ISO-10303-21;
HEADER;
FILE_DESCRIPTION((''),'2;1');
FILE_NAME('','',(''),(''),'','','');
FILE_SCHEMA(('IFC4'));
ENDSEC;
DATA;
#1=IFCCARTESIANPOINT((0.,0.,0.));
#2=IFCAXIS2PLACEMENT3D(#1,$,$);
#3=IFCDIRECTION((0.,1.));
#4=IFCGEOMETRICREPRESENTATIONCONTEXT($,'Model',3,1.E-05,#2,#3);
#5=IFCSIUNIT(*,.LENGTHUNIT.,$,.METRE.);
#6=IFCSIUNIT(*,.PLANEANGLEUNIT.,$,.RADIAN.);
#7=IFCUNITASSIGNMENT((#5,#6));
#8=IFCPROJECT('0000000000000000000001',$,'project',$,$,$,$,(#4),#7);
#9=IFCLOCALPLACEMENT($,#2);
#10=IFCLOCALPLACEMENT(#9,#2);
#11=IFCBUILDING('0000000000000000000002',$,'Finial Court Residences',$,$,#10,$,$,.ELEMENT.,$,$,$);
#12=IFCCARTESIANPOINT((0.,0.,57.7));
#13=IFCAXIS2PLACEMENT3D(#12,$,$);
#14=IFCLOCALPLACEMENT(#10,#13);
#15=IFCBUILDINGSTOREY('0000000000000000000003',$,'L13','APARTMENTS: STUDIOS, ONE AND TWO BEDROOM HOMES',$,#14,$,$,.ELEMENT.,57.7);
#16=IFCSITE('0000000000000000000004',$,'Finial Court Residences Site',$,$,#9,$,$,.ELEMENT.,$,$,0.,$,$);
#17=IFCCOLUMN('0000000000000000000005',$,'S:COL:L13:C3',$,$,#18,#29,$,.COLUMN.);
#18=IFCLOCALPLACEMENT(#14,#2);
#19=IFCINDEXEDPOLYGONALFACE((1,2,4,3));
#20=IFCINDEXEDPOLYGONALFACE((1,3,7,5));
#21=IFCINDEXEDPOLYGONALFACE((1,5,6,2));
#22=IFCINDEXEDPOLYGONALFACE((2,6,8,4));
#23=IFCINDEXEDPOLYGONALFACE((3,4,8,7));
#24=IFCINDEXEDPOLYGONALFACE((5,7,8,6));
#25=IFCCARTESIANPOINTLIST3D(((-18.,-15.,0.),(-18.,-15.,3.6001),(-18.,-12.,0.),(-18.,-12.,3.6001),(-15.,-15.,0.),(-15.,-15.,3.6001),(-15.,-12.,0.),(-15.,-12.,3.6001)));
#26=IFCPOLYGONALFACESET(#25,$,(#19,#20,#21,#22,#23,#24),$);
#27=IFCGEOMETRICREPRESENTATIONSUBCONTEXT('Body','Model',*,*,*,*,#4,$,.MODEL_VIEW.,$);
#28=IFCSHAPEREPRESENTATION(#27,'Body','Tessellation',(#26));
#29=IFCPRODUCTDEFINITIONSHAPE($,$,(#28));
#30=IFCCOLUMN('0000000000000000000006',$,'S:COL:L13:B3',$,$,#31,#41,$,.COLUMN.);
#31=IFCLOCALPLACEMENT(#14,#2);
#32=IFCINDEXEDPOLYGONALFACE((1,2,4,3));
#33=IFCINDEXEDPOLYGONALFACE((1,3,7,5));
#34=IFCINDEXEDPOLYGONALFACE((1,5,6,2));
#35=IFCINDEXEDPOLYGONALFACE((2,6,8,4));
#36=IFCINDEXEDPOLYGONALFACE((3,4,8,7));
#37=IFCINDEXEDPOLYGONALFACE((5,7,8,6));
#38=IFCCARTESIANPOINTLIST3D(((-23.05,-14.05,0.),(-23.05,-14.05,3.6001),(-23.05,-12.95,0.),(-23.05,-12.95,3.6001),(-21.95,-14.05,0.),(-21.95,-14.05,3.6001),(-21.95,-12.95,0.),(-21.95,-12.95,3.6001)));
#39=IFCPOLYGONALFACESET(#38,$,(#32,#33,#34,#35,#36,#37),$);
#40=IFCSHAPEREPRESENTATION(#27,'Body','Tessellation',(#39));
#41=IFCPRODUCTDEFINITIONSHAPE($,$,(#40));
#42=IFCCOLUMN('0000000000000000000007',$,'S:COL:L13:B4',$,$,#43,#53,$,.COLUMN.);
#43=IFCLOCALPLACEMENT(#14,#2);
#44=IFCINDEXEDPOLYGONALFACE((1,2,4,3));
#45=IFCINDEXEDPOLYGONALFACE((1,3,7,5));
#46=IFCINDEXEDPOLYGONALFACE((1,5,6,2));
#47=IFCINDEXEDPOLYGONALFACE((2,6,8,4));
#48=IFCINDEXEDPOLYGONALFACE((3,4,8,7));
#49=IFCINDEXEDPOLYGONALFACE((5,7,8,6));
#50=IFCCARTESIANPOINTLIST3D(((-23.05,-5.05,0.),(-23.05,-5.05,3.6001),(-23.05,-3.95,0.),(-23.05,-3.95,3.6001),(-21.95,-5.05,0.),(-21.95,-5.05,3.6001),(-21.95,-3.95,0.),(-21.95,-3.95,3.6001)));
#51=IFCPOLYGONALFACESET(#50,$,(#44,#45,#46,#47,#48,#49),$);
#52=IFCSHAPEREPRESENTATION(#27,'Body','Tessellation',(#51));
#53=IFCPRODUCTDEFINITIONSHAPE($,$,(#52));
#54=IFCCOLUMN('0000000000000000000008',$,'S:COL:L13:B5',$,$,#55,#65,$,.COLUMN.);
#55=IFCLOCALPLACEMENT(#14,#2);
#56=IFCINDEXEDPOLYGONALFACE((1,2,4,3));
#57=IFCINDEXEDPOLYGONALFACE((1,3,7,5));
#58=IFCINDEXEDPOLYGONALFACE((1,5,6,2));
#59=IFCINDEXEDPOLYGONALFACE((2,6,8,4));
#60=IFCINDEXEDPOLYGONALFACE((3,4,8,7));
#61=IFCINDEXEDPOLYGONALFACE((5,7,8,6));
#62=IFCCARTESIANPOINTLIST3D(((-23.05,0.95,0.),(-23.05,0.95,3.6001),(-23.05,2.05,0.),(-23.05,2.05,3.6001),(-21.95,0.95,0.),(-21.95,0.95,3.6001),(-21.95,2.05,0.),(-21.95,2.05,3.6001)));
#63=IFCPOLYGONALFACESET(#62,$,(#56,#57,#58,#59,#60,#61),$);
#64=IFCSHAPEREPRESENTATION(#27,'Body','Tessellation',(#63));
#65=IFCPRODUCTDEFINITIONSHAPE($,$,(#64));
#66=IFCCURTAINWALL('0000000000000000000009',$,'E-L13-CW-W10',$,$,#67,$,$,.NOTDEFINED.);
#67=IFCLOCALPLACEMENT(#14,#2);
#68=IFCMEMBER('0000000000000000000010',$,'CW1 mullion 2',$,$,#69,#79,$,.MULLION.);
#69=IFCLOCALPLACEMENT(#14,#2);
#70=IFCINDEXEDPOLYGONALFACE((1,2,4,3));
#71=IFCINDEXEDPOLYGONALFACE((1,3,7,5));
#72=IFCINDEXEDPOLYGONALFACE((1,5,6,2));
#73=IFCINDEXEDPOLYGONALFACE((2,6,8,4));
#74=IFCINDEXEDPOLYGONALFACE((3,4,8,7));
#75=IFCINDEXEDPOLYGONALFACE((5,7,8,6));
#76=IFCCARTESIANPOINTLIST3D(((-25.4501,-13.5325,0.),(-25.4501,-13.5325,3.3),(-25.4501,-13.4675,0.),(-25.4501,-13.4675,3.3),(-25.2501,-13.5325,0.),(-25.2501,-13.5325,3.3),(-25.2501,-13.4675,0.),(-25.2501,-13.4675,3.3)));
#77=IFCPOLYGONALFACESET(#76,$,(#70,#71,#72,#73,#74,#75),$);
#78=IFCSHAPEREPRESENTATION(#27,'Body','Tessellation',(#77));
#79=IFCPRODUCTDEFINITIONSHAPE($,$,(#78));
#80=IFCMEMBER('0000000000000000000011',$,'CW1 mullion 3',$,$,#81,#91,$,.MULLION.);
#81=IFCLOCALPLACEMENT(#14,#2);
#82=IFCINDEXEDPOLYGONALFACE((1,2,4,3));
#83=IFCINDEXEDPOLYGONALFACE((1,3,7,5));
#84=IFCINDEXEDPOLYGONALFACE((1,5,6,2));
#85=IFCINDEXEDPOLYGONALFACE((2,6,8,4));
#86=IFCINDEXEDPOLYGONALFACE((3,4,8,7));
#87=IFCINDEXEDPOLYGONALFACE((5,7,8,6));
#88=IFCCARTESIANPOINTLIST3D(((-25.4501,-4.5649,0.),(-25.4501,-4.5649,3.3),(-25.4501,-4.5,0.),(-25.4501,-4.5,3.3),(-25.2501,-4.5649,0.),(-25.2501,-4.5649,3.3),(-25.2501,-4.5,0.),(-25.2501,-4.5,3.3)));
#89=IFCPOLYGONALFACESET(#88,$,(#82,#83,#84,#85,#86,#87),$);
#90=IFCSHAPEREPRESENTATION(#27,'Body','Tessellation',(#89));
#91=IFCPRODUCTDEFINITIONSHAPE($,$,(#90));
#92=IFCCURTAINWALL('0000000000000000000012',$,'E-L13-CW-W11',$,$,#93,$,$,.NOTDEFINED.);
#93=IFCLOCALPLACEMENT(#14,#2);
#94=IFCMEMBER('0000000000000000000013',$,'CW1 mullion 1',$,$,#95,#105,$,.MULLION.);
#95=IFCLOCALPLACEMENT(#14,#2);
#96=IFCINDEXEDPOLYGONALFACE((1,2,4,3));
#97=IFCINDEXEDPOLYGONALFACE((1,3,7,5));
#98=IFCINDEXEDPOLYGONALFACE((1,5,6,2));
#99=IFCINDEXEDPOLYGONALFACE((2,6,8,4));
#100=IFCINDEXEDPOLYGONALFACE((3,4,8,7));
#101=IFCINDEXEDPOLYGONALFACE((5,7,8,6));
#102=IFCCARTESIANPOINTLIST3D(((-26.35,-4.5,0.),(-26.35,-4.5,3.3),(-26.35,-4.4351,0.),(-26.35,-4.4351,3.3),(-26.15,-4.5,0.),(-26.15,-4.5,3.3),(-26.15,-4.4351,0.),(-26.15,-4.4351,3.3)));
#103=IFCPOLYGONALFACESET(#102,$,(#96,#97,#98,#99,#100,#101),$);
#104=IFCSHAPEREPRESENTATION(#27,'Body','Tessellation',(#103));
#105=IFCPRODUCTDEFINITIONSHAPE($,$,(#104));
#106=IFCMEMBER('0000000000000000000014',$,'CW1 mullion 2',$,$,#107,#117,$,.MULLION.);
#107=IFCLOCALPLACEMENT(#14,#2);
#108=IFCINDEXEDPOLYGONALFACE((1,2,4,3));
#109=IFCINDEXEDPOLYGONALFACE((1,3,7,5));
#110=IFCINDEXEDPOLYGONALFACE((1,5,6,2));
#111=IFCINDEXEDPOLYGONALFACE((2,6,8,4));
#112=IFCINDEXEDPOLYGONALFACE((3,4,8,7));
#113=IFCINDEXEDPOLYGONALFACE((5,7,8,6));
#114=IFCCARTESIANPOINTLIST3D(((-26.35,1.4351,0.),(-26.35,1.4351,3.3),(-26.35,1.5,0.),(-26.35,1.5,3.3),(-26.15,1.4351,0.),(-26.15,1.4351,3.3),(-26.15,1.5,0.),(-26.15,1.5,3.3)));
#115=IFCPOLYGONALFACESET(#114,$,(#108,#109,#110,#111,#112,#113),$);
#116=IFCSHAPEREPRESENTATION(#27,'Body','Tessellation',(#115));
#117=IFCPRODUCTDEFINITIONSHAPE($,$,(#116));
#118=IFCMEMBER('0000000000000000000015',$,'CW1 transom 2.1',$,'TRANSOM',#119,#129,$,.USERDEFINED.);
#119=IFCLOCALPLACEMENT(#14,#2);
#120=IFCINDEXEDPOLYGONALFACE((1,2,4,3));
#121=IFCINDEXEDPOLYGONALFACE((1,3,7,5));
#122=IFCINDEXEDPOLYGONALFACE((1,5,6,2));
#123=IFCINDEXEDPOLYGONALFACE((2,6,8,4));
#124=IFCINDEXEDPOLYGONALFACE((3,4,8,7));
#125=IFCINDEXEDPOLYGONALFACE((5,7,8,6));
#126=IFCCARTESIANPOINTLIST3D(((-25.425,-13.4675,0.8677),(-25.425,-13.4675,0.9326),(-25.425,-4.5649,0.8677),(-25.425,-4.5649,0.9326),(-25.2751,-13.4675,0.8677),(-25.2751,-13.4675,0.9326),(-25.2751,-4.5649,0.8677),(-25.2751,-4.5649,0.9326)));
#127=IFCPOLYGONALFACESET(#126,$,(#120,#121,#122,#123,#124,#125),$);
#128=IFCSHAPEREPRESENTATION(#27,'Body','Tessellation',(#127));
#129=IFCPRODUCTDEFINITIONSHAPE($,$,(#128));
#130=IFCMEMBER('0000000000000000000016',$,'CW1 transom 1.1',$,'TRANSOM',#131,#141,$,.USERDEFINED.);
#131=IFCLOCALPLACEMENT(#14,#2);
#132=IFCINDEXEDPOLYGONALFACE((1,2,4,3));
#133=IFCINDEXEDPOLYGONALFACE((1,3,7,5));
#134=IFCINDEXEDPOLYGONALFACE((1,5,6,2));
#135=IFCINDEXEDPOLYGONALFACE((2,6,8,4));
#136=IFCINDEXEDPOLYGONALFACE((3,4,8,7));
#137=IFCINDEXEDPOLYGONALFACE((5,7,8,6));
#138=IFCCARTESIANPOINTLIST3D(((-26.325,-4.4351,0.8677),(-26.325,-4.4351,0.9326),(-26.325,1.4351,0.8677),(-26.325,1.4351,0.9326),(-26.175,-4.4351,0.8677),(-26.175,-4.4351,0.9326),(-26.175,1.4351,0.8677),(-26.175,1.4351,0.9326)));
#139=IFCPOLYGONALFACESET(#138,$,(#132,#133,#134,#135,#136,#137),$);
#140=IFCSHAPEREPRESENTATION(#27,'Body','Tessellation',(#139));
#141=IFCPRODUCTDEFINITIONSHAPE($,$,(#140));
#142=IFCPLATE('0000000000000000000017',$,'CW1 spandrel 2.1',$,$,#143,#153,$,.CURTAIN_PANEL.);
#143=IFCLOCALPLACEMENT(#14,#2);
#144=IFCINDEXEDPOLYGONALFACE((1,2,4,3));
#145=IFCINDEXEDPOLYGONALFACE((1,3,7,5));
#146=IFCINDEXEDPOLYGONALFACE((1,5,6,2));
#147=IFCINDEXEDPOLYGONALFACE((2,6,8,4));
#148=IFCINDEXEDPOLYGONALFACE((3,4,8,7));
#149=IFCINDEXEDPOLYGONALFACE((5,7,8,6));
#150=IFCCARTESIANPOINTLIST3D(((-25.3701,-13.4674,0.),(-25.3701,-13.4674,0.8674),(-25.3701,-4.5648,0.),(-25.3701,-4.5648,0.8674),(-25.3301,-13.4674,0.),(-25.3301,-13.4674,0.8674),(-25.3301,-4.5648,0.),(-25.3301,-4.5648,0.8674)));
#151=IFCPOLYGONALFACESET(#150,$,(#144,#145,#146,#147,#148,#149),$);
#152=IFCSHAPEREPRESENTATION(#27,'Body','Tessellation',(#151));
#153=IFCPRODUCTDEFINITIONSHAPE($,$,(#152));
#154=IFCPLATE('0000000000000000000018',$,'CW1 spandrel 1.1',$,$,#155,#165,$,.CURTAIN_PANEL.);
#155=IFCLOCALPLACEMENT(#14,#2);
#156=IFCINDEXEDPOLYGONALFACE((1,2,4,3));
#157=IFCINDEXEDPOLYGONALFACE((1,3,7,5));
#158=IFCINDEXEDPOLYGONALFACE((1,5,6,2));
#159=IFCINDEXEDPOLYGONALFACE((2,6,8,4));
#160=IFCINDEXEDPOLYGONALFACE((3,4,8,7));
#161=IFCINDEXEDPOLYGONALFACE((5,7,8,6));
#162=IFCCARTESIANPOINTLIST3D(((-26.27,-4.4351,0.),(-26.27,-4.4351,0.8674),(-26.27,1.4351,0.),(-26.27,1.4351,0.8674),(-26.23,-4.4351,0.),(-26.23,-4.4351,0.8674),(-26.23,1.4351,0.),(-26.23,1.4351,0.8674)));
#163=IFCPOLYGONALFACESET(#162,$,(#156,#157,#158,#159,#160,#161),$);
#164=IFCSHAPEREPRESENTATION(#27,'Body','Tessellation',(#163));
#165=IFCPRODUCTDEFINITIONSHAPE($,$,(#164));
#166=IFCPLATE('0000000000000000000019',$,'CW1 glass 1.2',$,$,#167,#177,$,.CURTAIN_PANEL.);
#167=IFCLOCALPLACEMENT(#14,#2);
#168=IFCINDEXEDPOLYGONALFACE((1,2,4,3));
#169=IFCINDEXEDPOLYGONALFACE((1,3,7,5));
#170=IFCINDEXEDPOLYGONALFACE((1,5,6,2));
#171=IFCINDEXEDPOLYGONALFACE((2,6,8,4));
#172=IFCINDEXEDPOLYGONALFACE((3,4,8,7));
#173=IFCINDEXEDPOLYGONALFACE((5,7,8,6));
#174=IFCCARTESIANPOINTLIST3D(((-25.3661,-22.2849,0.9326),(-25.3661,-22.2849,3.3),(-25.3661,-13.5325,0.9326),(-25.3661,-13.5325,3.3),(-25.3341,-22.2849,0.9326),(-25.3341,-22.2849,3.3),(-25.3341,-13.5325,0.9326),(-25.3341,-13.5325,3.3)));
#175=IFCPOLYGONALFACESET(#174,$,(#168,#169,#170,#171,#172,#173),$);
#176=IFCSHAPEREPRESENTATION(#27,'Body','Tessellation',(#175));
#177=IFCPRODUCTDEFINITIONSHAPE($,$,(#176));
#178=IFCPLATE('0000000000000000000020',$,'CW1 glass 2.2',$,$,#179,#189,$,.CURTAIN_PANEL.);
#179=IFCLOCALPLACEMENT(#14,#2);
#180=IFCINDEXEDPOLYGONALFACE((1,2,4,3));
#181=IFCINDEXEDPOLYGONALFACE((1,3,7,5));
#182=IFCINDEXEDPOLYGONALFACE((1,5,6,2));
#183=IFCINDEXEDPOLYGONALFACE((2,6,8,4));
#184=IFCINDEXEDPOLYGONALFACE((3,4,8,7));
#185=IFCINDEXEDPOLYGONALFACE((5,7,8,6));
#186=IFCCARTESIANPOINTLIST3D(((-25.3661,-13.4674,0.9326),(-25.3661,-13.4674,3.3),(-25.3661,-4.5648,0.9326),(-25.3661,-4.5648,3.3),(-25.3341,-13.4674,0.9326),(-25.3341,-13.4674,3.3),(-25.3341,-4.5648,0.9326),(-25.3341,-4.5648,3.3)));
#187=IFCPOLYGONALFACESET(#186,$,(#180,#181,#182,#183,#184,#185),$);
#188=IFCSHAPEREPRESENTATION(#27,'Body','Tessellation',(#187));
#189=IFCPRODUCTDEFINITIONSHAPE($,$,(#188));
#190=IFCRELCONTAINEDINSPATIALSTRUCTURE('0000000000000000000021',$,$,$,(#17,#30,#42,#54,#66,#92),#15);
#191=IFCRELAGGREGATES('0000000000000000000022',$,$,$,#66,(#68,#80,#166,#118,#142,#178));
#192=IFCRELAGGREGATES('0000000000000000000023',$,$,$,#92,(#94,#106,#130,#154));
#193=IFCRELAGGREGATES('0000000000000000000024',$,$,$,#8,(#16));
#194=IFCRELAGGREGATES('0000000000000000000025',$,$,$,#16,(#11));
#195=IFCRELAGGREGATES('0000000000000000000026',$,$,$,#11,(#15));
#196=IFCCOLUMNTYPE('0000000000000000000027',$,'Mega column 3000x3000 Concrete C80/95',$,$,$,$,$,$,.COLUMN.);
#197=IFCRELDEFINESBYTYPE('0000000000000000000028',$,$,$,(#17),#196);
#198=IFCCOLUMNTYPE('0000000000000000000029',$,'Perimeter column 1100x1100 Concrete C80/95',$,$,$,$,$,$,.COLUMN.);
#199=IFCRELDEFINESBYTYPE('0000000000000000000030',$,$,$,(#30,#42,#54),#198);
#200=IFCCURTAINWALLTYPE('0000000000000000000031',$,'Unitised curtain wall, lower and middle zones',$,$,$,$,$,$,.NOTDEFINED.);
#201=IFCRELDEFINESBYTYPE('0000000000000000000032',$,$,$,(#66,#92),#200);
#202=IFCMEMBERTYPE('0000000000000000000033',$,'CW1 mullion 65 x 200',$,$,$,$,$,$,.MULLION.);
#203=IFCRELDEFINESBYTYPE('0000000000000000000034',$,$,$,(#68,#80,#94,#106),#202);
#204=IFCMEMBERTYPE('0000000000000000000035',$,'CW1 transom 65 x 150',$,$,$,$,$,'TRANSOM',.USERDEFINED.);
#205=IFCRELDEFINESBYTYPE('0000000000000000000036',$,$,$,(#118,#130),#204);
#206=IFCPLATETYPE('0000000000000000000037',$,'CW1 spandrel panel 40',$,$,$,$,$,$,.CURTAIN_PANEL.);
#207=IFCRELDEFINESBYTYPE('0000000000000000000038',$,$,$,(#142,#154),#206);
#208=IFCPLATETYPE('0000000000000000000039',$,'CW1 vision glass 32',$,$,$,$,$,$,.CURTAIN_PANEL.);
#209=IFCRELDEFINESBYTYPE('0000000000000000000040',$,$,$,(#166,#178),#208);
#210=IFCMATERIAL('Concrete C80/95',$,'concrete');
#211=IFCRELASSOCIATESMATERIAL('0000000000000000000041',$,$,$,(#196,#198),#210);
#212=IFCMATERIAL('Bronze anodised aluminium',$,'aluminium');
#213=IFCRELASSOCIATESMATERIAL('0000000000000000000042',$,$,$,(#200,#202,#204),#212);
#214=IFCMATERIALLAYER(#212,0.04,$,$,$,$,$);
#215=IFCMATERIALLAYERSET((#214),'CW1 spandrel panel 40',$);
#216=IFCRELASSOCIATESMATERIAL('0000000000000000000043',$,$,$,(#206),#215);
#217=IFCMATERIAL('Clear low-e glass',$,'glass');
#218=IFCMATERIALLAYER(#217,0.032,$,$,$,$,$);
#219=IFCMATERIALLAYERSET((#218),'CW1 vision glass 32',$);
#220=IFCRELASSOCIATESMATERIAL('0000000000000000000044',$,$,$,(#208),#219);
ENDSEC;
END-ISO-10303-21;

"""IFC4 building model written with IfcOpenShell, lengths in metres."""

from ifc_helpers import new_model, si_unit, direction, frame, origin, origin_2d, place, context, subcontext, project, spatial, rectangle, extrude, material, layer, layer_set, material_profile, profile_set, type_object, element, aggregate, save


model = new_model("IFC4")

# Units and contexts
model_context = context("Model", 3, precision=1e-05, world=origin(), true_north=direction((0.0, 1.0)))
body_context = subcontext(model_context, "Body", "Model", "MODEL_VIEW")
ifc_project = project(units=[si_unit("LENGTHUNIT", "METRE"), si_unit("PLANEANGLEUNIT", "RADIAN")], contexts=[model_context])

# Site, building, storey
site_placement = place(None, origin())
site = spatial("IfcSite", under=ifc_project, at=site_placement, Name="Finial Court Residences Site", CompositionType="ELEMENT", RefElevation=0.0)
building_placement = place(site_placement, origin())
building = spatial("IfcBuilding", under=site, at=building_placement, Name="Finial Court Residences", CompositionType="ELEMENT")
storey_placement = place(building_placement, frame((0.0, 0.0, 57.7)))
storey = spatial("IfcBuildingStorey", under=building, at=storey_placement, Name="L13", Description="APARTMENTS: STUDIOS, ONE AND TWO BEDROOM HOMES", CompositionType="ELEMENT", Elevation=57.7)

# Columns
ifc_material_1 = material(Name="Concrete C80/95", Category="concrete")
ifc_material_profile_1 = material_profile(ifc_material_1, rectangle(XDim=3.0, YDim=3.0, at=origin_2d()), Name="3000x3000")
ifc_profile_set_1 = profile_set([ifc_material_profile_1], Name="Concrete C80/95")
column_type_1 = type_object("IfcColumnType", Name="Mega column 3000x3000 Concrete C80/95", PredefinedType="COLUMN", material=ifc_profile_set_1)
column_placement = place(storey_placement, frame((-16.5, -13.5, 0.0), z_axis=(0.0, 0.0, 1.0), x_axis=(1.0, 0.0, 0.0)))
element("IfcColumn", 1, at=column_placement, inside=storey, type_object=column_type_1, Name="S:COL:L13:C3", PredefinedType="COLUMN", context=body_context, shape_type="SweptSolid", body=[
    extrude(rectangle(XDim=3.0, YDim=3.0, at=origin_2d()), origin(), (0.0, 0.0, 1.0), 3.6001),
])
ifc_material_profile_2 = material_profile(ifc_material_1, rectangle(XDim=1.1001, YDim=1.1001, at=origin_2d()), Name="1100x1100")
ifc_profile_set_2 = profile_set([ifc_material_profile_2], Name="Concrete C80/95")
column_type_2 = type_object("IfcColumnType", Name="Perimeter column 1100x1100 Concrete C80/95", PredefinedType="COLUMN", material=ifc_profile_set_2)
for number, where, z_axis, x_axis, name in (
    (2, (-22.5, -13.5, 0.0), (0.0, 0.0, 1.0), (1.0, 0.0, 0.0), "S:COL:L13:B3"),
    (3, (-22.5, -4.5, 0.0), (0.0, 0.0, 1.0), (1.0, 0.0, 0.0), "S:COL:L13:B4"),
    (4, (-22.5, 1.5, 0.0), (0.0, 0.0, 1.0), (1.0, 0.0, 0.0), "S:COL:L13:B5"),
):
    element("IfcColumn", number, at=place(storey_placement, frame(where, z_axis=z_axis, x_axis=x_axis)), inside=storey, type_object=column_type_2, Name=name, PredefinedType="COLUMN", context=body_context, shape_type="SweptSolid", body=[
        extrude(rectangle(XDim=1.1001, YDim=1.1001, at=origin_2d()), origin(), (0.0, 0.0, 1.0), 3.6001),
    ])

# Curtain walls, members
ifc_material_2 = material(Name="Bronze anodised aluminium", Category="aluminium")
curtain_wall_type = type_object("IfcCurtainWallType", Name="Unitised curtain wall, lower and middle zones", PredefinedType="NOTDEFINED", material=ifc_material_2)
curtain_wall_1_placement = place(storey_placement, origin())
curtain_wall_1 = element("IfcCurtainWall", 5, at=curtain_wall_1_placement, inside=storey, type_object=curtain_wall_type, Name="E-L13-CW-W10", PredefinedType="NOTDEFINED")
ifc_material_profile_3 = material_profile(ifc_material_2, rectangle(XDim=0.2, YDim=0.0649, at=origin_2d()), Name="CW1 mullion 65 x 200")
ifc_profile_set_3 = profile_set([ifc_material_profile_3], Name="Bronze anodised aluminium")
member_type_1 = type_object("IfcMemberType", Name="CW1 mullion 65 x 200", PredefinedType="MULLION", material=ifc_profile_set_3)
member_1_placement = place(storey_placement, frame((-25.3501, -13.5, 0.0), z_axis=(0.0, 0.0, 1.0), x_axis=(-1.0, 0.0, 0.0)))
member_1 = element("IfcMember", 6, at=member_1_placement, type_object=member_type_1, Name="CW1 mullion 2", PredefinedType="MULLION", context=body_context, shape_type="SweptSolid", body=[
    extrude(rectangle(XDim=0.2, YDim=0.0649, at=origin_2d()), origin(), (0.0, 0.0, 1.0), 3.3),
])
member_2_placement = place(storey_placement, frame((-25.3501, -4.5325, 0.0), z_axis=(0.0, 0.0, 1.0), x_axis=(-1.0, 0.0, 0.0)))
member_2 = element("IfcMember", 7, at=member_2_placement, type_object=member_type_1, Name="CW1 mullion 3", PredefinedType="MULLION", context=body_context, shape_type="SweptSolid", body=[
    extrude(rectangle(XDim=0.2, YDim=0.0649, at=origin_2d()), origin(), (0.0, 0.0, 1.0), 3.3),
])
curtain_wall_2_placement = place(storey_placement, origin())
curtain_wall_2 = element("IfcCurtainWall", 8, at=curtain_wall_2_placement, inside=storey, type_object=curtain_wall_type, Name="E-L13-CW-W11", PredefinedType="NOTDEFINED")
member_3_placement = place(storey_placement, frame((-26.25, -4.4675, 0.0), z_axis=(0.0, 0.0, 1.0), x_axis=(-1.0, 0.0, 0.0)))
member_3 = element("IfcMember", 9, at=member_3_placement, type_object=member_type_1, Name="CW1 mullion 1", PredefinedType="MULLION", context=body_context, shape_type="SweptSolid", body=[
    extrude(rectangle(XDim=0.2, YDim=0.0649, at=origin_2d()), origin(), (0.0, 0.0, 1.0), 3.3),
])
member_4_placement = place(storey_placement, frame((-26.25, 1.4675, 0.0), z_axis=(0.0, 0.0, 1.0), x_axis=(-1.0, 0.0, 0.0)))
member_4 = element("IfcMember", 10, at=member_4_placement, type_object=member_type_1, Name="CW1 mullion 2", PredefinedType="MULLION", context=body_context, shape_type="SweptSolid", body=[
    extrude(rectangle(XDim=0.2, YDim=0.0649, at=origin_2d()), origin(), (0.0, 0.0, 1.0), 3.3),
])

# Members
ifc_material_profile_4 = material_profile(ifc_material_2, rectangle(XDim=0.1499, YDim=0.0649, at=origin_2d()), Name="CW1 transom 65 x 150")
ifc_profile_set_4 = profile_set([ifc_material_profile_4], Name="Bronze anodised aluminium")
member_type_2 = type_object("IfcMemberType", Name="CW1 transom 65 x 150", ElementType="TRANSOM", PredefinedType="USERDEFINED", material=ifc_profile_set_4)
member_5_placement = place(storey_placement, frame((-25.3501, -13.4675, 0.9001), z_axis=(0.0, 1.0, 0.0), x_axis=(-1.0, 0.0, 0.0)))
member_5 = element("IfcMember", 11, at=member_5_placement, type_object=member_type_2, Name="CW1 transom 2.1", ObjectType="TRANSOM", PredefinedType="USERDEFINED", context=body_context, shape_type="SweptSolid", body=[
    extrude(rectangle(XDim=0.1499, YDim=0.0649, at=origin_2d()), origin(), (0.0, 0.0, 1.0), 8.9026),
])
member_6_placement = place(storey_placement, frame((-26.25, -4.4351, 0.9001), z_axis=(0.0, 1.0, 0.0), x_axis=(-1.0, 0.0, 0.0)))
member_6 = element("IfcMember", 12, at=member_6_placement, type_object=member_type_2, Name="CW1 transom 1.1", ObjectType="TRANSOM", PredefinedType="USERDEFINED", context=body_context, shape_type="SweptSolid", body=[
    extrude(rectangle(XDim=0.1499, YDim=0.0649, at=origin_2d()), origin(), (0.0, 0.0, 1.0), 5.8701),
])

# Plates
ifc_layer_1 = layer(ifc_material_2, 0.04)
ifc_layer_set_1 = layer_set([ifc_layer_1], Name="CW1 spandrel panel 40")
plate_type_1 = type_object("IfcPlateType", Name="CW1 spandrel panel 40", PredefinedType="CURTAIN_PANEL", material=ifc_layer_set_1)
plate_1_placement = place(storey_placement, frame((-25.3501, -9.0161, 0.0), z_axis=(0.0, 0.0, 1.0), x_axis=(0.0, 1.0, 0.0)))
plate_1 = element("IfcPlate", 13, at=plate_1_placement, type_object=plate_type_1, Name="CW1 spandrel 2.1", PredefinedType="CURTAIN_PANEL", context=body_context, shape_type="SweptSolid", body=[
    extrude(rectangle(XDim=8.9026, YDim=0.04, at=origin_2d()), origin(), (0.0, 0.0, 1.0), 0.8674),
])
plate_2_placement = place(storey_placement, frame((-26.25, -1.5, 0.0), z_axis=(0.0, 0.0, 1.0), x_axis=(0.0, 1.0, 0.0)))
plate_2 = element("IfcPlate", 14, at=plate_2_placement, type_object=plate_type_1, Name="CW1 spandrel 1.1", PredefinedType="CURTAIN_PANEL", context=body_context, shape_type="SweptSolid", body=[
    extrude(rectangle(XDim=5.8701, YDim=0.04, at=origin_2d()), origin(), (0.0, 0.0, 1.0), 0.8674),
])
ifc_material_3 = material(Name="Clear low-e glass", Category="glass")
ifc_layer_2 = layer(ifc_material_3, 0.032)
ifc_layer_set_2 = layer_set([ifc_layer_2], Name="CW1 vision glass 32")
plate_type_2 = type_object("IfcPlateType", Name="CW1 vision glass 32", PredefinedType="CURTAIN_PANEL", material=ifc_layer_set_2)
plate_3_placement = place(storey_placement, frame((-25.3501, -17.9087, 0.9326), z_axis=(0.0, 0.0, 1.0), x_axis=(0.0, 1.0, 0.0)))
plate_3 = element("IfcPlate", 15, at=plate_3_placement, type_object=plate_type_2, Name="CW1 glass 1.2", PredefinedType="CURTAIN_PANEL", context=body_context, shape_type="SweptSolid", body=[
    extrude(rectangle(XDim=8.7524, YDim=0.032, at=origin_2d()), origin(), (0.0, 0.0, 1.0), 2.3674),
])
plate_4_placement = place(storey_placement, frame((-25.3501, -9.0161, 0.9326), z_axis=(0.0, 0.0, 1.0), x_axis=(0.0, 1.0, 0.0)))
plate_4 = element("IfcPlate", 16, at=plate_4_placement, type_object=plate_type_2, Name="CW1 glass 2.2", PredefinedType="CURTAIN_PANEL", context=body_context, shape_type="SweptSolid", body=[
    extrude(rectangle(XDim=8.9026, YDim=0.032, at=origin_2d()), origin(), (0.0, 0.0, 1.0), 2.3674),
])
aggregate(curtain_wall_1, [member_1, member_2, plate_3, member_5, plate_1, plate_4])
aggregate(curtain_wall_2, [member_3, member_4, member_6, plate_2])

save(model, "model.ifc")
